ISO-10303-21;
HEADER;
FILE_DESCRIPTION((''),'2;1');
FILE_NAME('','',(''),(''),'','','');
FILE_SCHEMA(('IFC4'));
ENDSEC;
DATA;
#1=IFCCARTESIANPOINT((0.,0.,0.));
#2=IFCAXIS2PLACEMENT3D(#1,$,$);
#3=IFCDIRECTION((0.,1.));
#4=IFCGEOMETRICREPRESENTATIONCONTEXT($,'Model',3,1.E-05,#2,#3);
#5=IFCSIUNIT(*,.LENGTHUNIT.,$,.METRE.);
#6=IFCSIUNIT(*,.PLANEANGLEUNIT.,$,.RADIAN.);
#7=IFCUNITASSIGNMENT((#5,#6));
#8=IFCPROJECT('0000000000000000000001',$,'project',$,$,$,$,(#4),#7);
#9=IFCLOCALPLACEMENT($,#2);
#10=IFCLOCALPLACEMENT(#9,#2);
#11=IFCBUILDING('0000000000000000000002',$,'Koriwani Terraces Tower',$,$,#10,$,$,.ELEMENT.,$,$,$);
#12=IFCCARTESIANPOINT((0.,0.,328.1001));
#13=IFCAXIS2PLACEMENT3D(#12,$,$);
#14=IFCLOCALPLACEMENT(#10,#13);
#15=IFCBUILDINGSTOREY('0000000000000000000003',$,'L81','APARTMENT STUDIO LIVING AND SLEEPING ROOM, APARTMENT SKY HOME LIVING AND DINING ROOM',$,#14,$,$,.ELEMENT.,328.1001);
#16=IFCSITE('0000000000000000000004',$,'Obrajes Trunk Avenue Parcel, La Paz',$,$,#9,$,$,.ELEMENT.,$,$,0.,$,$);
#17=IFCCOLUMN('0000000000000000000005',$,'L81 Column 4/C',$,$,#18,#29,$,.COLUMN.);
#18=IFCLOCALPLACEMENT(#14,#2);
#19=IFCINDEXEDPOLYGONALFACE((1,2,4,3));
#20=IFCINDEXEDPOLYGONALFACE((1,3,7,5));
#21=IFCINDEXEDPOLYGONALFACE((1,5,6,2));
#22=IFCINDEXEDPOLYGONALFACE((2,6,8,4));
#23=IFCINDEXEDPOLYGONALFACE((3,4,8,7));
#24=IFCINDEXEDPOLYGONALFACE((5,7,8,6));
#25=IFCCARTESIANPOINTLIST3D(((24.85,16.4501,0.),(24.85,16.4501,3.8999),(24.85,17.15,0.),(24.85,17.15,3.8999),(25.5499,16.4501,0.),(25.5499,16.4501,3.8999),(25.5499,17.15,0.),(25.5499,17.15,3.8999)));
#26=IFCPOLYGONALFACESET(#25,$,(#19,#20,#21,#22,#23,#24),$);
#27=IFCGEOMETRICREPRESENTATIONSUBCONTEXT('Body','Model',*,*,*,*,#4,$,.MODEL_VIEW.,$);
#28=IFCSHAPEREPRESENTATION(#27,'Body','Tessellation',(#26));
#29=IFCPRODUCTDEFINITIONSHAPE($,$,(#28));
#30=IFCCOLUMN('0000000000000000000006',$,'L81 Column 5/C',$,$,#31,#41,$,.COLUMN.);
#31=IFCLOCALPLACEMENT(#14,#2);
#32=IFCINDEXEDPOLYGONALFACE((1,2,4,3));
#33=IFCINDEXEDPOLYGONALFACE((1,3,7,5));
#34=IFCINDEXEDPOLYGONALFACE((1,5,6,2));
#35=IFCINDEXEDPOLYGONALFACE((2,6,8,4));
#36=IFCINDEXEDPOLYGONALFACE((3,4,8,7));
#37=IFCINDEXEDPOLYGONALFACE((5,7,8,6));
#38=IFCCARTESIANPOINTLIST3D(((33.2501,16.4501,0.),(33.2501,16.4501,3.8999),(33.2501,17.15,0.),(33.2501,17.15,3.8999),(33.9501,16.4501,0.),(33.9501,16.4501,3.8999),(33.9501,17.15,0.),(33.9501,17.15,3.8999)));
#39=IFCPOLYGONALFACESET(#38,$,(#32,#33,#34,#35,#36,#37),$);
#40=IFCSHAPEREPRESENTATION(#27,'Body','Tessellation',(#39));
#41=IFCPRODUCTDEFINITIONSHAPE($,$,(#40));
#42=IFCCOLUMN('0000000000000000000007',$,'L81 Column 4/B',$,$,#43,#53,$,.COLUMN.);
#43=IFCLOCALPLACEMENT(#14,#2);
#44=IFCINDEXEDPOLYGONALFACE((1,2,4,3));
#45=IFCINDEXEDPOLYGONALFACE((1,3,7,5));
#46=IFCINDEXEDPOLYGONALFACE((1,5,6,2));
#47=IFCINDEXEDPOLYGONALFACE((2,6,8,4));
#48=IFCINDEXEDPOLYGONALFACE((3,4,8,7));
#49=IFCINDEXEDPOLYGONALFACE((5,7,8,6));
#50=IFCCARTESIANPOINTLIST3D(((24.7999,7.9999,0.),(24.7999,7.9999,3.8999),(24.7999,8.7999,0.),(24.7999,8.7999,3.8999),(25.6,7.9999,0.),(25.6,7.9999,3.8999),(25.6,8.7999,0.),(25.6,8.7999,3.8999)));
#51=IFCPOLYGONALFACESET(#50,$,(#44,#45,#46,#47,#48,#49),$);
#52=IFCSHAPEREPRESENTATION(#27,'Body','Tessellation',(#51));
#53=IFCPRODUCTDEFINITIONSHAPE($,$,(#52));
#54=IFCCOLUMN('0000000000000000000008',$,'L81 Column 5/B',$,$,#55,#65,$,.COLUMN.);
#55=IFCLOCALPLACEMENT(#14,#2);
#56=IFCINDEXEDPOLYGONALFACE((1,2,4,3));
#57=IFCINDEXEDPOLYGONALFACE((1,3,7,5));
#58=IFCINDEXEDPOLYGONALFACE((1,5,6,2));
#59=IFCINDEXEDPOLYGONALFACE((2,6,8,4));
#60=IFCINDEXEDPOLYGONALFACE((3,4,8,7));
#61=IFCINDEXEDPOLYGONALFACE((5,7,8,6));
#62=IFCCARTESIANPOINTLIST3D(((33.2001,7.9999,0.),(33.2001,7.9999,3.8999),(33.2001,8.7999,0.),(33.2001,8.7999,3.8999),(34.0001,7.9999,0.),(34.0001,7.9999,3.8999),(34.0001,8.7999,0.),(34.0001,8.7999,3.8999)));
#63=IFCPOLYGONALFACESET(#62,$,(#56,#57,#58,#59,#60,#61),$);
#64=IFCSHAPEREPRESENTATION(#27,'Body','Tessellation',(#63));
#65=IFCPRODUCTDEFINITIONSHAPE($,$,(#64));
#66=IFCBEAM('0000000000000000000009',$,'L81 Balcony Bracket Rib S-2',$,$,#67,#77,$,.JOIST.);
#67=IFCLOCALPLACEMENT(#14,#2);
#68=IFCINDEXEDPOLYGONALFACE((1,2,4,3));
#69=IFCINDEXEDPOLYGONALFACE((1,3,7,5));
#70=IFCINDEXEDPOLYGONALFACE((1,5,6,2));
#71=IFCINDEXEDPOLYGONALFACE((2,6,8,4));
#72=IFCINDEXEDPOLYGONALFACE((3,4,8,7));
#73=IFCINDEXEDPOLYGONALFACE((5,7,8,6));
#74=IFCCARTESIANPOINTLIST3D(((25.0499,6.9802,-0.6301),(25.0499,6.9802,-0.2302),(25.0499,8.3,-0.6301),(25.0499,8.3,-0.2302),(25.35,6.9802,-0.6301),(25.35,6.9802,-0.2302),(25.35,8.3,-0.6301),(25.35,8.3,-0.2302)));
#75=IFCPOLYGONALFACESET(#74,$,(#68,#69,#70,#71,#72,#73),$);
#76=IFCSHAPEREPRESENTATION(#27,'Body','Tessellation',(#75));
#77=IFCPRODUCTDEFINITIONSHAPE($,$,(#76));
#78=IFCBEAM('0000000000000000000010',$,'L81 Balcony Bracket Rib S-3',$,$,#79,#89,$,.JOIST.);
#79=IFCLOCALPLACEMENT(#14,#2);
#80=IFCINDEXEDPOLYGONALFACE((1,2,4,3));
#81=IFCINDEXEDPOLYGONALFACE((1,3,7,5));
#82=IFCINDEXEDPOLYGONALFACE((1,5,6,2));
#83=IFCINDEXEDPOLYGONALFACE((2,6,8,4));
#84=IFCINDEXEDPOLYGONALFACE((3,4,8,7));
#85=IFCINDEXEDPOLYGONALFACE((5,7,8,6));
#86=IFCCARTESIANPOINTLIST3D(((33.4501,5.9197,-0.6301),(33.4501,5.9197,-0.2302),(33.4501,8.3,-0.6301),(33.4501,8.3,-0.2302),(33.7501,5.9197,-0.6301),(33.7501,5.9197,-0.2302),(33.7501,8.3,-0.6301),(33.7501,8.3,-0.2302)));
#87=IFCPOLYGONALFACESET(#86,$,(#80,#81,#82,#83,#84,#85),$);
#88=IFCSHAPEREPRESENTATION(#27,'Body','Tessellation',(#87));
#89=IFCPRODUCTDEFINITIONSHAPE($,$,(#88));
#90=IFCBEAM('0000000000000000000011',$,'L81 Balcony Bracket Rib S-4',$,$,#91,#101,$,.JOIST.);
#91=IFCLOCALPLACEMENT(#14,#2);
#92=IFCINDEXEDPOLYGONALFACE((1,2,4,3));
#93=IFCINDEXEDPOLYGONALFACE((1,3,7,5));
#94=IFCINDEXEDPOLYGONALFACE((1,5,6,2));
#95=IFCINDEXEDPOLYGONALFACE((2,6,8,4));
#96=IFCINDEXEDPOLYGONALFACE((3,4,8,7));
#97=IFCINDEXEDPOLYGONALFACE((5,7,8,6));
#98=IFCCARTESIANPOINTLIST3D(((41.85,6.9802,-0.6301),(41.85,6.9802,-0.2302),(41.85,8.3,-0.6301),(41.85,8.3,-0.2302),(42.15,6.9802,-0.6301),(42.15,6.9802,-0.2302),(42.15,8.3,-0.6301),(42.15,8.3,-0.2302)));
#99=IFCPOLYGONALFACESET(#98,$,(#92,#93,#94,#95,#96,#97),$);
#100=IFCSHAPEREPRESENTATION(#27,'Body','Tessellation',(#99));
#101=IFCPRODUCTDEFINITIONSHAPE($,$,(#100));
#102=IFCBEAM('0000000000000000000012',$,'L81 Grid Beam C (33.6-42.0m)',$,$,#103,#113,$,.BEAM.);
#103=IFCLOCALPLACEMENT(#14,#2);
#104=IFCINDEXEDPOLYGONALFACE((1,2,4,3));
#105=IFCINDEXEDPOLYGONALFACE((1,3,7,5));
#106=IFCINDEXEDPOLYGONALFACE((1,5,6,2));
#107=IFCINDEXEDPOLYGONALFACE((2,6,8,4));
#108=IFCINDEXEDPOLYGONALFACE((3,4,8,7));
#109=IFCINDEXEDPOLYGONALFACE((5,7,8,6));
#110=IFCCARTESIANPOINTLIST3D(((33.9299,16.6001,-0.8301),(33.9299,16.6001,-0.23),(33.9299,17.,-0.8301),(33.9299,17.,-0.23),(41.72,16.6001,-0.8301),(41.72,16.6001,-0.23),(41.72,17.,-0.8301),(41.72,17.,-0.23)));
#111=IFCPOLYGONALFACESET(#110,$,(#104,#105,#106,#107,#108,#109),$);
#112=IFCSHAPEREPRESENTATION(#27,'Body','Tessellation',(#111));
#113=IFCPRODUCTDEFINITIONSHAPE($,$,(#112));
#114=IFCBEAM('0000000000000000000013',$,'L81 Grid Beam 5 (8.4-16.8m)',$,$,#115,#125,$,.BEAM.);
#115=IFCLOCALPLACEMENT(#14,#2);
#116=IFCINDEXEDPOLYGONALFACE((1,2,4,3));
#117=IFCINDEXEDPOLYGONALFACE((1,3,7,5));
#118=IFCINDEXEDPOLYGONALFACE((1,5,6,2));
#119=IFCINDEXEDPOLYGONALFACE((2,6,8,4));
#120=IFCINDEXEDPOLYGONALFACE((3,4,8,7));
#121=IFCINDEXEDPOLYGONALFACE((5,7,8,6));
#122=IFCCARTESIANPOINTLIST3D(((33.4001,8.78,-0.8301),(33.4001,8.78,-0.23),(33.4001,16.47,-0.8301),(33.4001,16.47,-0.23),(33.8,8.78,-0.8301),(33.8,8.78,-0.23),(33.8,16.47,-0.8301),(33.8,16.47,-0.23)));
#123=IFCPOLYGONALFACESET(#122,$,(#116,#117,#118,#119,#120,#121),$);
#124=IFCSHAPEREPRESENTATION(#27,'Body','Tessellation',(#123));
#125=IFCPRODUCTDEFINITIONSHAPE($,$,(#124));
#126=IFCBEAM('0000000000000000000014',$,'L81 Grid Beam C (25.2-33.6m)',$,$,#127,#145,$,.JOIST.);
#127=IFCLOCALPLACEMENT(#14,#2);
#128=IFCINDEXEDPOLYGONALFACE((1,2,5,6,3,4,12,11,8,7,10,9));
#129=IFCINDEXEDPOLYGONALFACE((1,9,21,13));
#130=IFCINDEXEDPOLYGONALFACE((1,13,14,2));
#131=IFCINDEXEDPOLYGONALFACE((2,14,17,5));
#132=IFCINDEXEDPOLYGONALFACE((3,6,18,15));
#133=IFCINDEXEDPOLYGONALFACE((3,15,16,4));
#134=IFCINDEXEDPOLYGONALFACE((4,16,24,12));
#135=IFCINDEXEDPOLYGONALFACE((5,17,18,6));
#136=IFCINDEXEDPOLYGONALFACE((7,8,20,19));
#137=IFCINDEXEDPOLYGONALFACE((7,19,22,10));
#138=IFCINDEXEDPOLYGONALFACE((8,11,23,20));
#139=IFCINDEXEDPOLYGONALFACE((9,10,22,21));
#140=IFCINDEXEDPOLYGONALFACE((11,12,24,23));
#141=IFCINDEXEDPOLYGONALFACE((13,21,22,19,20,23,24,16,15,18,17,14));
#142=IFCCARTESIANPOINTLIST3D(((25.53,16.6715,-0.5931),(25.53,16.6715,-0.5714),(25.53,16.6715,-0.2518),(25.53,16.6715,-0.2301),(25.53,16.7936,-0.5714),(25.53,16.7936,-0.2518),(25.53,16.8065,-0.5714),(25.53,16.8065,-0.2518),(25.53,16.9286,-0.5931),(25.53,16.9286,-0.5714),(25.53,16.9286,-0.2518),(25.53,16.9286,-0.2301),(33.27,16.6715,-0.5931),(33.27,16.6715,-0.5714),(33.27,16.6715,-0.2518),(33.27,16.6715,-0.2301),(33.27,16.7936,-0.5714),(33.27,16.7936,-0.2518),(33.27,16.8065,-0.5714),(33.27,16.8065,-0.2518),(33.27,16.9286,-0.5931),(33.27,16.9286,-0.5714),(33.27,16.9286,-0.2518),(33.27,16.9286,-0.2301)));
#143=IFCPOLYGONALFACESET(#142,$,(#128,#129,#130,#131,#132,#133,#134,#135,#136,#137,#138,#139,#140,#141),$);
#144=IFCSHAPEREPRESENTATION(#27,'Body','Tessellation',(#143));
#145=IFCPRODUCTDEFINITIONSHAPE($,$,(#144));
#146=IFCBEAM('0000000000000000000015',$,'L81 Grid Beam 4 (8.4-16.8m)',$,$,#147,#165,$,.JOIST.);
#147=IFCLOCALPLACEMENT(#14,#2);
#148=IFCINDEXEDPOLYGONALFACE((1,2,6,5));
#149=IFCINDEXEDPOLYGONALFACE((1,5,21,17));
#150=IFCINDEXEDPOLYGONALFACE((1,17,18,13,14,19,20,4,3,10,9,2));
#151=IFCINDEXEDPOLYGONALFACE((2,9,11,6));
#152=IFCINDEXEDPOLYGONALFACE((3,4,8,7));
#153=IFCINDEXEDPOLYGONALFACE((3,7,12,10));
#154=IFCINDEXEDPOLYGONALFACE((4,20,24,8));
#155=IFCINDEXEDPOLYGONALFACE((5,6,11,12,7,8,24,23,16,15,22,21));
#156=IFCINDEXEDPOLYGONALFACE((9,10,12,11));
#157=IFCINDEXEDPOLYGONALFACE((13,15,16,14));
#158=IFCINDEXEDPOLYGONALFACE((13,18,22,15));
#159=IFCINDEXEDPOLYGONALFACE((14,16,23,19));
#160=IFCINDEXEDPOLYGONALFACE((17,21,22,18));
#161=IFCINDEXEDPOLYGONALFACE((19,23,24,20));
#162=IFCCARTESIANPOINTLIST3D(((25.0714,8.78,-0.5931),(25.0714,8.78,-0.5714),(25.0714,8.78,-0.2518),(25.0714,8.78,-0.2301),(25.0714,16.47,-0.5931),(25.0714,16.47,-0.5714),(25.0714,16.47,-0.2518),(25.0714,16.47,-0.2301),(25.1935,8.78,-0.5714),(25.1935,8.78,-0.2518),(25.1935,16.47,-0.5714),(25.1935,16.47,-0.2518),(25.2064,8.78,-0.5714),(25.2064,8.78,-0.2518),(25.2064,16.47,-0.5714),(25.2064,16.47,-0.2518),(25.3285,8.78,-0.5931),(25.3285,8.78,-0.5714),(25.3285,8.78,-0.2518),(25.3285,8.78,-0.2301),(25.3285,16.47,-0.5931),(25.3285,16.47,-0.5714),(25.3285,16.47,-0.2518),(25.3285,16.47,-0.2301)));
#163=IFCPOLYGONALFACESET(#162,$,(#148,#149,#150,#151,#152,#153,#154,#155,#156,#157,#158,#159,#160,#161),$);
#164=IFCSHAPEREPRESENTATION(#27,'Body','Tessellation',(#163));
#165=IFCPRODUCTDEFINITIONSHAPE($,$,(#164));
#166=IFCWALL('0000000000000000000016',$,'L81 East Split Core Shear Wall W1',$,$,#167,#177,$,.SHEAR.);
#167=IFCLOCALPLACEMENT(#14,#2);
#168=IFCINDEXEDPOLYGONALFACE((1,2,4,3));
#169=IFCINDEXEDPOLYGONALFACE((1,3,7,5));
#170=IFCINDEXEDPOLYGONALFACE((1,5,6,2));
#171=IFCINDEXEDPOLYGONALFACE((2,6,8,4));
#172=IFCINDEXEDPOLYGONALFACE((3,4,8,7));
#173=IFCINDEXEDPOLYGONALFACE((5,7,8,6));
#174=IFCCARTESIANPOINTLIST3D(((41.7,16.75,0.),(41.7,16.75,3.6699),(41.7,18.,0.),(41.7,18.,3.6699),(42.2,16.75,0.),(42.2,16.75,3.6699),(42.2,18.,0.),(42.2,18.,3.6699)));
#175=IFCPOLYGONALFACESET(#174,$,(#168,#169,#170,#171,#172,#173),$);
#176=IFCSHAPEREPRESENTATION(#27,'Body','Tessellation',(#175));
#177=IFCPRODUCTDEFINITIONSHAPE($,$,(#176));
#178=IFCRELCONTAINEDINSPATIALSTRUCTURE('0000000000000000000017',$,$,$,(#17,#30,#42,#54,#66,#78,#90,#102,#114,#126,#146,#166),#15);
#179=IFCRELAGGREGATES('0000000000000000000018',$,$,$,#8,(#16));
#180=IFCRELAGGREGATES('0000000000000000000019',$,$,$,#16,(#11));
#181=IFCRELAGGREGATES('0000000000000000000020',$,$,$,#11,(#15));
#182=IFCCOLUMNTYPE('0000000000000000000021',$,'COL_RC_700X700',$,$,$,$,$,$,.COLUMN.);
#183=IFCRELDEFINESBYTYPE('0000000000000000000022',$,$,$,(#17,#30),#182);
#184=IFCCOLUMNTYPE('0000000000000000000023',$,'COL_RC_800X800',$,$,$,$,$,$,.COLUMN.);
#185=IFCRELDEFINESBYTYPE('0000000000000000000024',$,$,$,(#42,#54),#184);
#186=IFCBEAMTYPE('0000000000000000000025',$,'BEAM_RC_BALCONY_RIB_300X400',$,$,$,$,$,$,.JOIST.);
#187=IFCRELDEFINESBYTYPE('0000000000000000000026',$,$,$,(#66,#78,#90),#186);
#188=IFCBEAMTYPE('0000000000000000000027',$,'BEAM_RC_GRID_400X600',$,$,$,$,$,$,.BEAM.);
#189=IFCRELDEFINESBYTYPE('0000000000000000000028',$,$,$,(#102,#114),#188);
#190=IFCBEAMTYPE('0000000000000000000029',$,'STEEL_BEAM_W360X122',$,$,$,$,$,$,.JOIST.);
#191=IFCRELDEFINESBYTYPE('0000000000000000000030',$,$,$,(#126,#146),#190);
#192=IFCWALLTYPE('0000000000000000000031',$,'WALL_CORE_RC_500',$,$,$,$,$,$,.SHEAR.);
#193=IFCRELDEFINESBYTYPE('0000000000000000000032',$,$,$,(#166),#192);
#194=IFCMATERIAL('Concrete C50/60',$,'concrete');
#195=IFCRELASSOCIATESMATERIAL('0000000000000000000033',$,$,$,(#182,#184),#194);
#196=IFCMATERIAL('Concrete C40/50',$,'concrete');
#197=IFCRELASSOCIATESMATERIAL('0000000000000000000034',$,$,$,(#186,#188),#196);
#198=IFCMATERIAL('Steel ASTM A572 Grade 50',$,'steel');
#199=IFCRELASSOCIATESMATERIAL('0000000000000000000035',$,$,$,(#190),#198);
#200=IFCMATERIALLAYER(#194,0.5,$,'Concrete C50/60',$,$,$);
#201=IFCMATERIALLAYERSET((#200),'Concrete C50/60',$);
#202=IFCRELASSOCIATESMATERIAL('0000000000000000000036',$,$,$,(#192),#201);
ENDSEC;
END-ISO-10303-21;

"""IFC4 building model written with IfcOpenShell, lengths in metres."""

from ifc_helpers import new_model, si_unit, direction, frame, frame_2d, origin, origin_2d, place, context, subcontext, project, spatial, rectangle, i_section, extrude, material, layer, layer_set, material_profile, profile_set, type_object, element, save


model = new_model("IFC4")

# Units and contexts
model_context = context("Model", 3, precision=1e-05, world=origin(), true_north=direction((0.0, 1.0)))
body_context = subcontext(model_context, "Body", "Model", "MODEL_VIEW")
ifc_project = project(units=[si_unit("LENGTHUNIT", "METRE"), si_unit("PLANEANGLEUNIT", "RADIAN")], contexts=[model_context])

# Site, building, storey
site_placement = place(None, origin())
site = spatial("IfcSite", under=ifc_project, at=site_placement, Name="Obrajes Trunk Avenue Parcel, La Paz", CompositionType="ELEMENT", RefElevation=0.0)
building_placement = place(site_placement, origin())
building = spatial("IfcBuilding", under=site, at=building_placement, Name="Koriwani Terraces Tower", CompositionType="ELEMENT")
storey_placement = place(building_placement, frame((0.0, 0.0, 328.1001)))
storey = spatial("IfcBuildingStorey", under=building, at=storey_placement, Name="L81", Description="APARTMENT STUDIO LIVING AND SLEEPING ROOM, APARTMENT SKY HOME LIVING AND DINING ROOM", CompositionType="ELEMENT", Elevation=328.1001)

# Columns
ifc_material_1 = material(Name="Concrete C50/60", Category="concrete")
ifc_material_profile_1 = material_profile(ifc_material_1, rectangle(XDim=0.7, YDim=0.7, at=origin_2d()), Name="Concrete C50/60", Category="LoadBearing")
ifc_profile_set_1 = profile_set([ifc_material_profile_1], Name="Concrete C50/60")
column_type_1 = type_object("IfcColumnType", Name="COL_RC_700X700", PredefinedType="COLUMN", material=ifc_profile_set_1)
for number, where, z_axis, x_axis, name in (
    (1, (25.2, 16.8, 0.0), (0.0, 0.0, 1.0), (1.0, 0.0, 0.0), "L81 Column 4/C"),
    (2, (33.6001, 16.8, 0.0), (0.0, 0.0, 1.0), (1.0, 0.0, 0.0), "L81 Column 5/C"),
):
    element("IfcColumn", number, at=place(storey_placement, frame(where, z_axis=z_axis, x_axis=x_axis)), inside=storey, type_object=column_type_1, Name=name, PredefinedType="COLUMN", context=body_context, shape_type="SweptSolid", body=[
        extrude(rectangle(XDim=0.7, YDim=0.7, at=origin_2d()), origin(), (0.0, 0.0, 1.0), 3.8999),
    ])
ifc_material_profile_2 = material_profile(ifc_material_1, rectangle(XDim=0.8, YDim=0.8, at=origin_2d()), Name="Concrete C50/60", Category="LoadBearing")
ifc_profile_set_2 = profile_set([ifc_material_profile_2], Name="Concrete C50/60")
column_type_2 = type_object("IfcColumnType", Name="COL_RC_800X800", PredefinedType="COLUMN", material=ifc_profile_set_2)
for number, where, z_axis, x_axis, name in (
    (3, (25.2, 8.3999, 0.0), (0.0, 0.0, 1.0), (1.0, 0.0, 0.0), "L81 Column 4/B"),
    (4, (33.6001, 8.3999, 0.0), (0.0, 0.0, 1.0), (1.0, 0.0, 0.0), "L81 Column 5/B"),
):
    element("IfcColumn", number, at=place(storey_placement, frame(where, z_axis=z_axis, x_axis=x_axis)), inside=storey, type_object=column_type_2, Name=name, PredefinedType="COLUMN", context=body_context, shape_type="SweptSolid", body=[
        extrude(rectangle(XDim=0.8, YDim=0.8, at=origin_2d()), origin(), (0.0, 0.0, 1.0), 3.8999),
    ])

# Beams
ifc_material_2 = material(Name="Concrete C40/50", Category="concrete")
ifc_material_profile_3 = material_profile(ifc_material_2, rectangle(XDim=0.3, YDim=0.3999, at=origin_2d()), Name="Concrete C40/50", Category="LoadBearing")
ifc_profile_set_3 = profile_set([ifc_material_profile_3], Name="Concrete C40/50")
beam_type_1 = type_object("IfcBeamType", Name="BEAM_RC_BALCONY_RIB_300X400", PredefinedType="JOIST", material=ifc_profile_set_3)
beam_1_placement = place(storey_placement, frame((25.2, 6.9802, -0.4302), z_axis=(0.0, 1.0, 0.0), x_axis=(-1.0, 0.0, 0.0)))
element("IfcBeam", 5, at=beam_1_placement, inside=storey, type_object=beam_type_1, Name="L81 Balcony Bracket Rib S-2", PredefinedType="JOIST", context=body_context, shape_type="SweptSolid", body=[
    extrude(rectangle(XDim=0.3, YDim=0.3999, at=origin_2d()), origin(), (0.0, 0.0, 1.0), 1.3198),
])
beam_2_placement = place(storey_placement, frame((33.6001, 5.9197, -0.4302), z_axis=(0.0, 1.0, 0.0), x_axis=(-1.0, 0.0, 0.0)))
element("IfcBeam", 6, at=beam_2_placement, inside=storey, type_object=beam_type_1, Name="L81 Balcony Bracket Rib S-3", PredefinedType="JOIST", context=body_context, shape_type="SweptSolid", body=[
    extrude(rectangle(XDim=0.3, YDim=0.3999, at=origin_2d()), origin(), (0.0, 0.0, 1.0), 2.3804),
])
beam_3_placement = place(storey_placement, frame((42.0, 6.9802, -0.4302), z_axis=(0.0, 1.0, 0.0), x_axis=(-1.0, 0.0, 0.0)))
element("IfcBeam", 7, at=beam_3_placement, inside=storey, type_object=beam_type_1, Name="L81 Balcony Bracket Rib S-4", PredefinedType="JOIST", context=body_context, shape_type="SweptSolid", body=[
    extrude(rectangle(XDim=0.3, YDim=0.3999, at=origin_2d()), origin(), (0.0, 0.0, 1.0), 1.3198),
])
ifc_material_profile_4 = material_profile(ifc_material_2, rectangle(XDim=0.3999, YDim=0.6001, at=origin_2d()), Name="Concrete C40/50", Category="LoadBearing")
ifc_profile_set_4 = profile_set([ifc_material_profile_4], Name="Concrete C40/50")
beam_type_2 = type_object("IfcBeamType", Name="BEAM_RC_GRID_400X600", PredefinedType="BEAM", material=ifc_profile_set_4)
beam_4_placement = place(storey_placement, frame((33.9299, 16.8, -0.53), z_axis=(1.0, 0.0, 0.0), x_axis=(0.0, 1.0, 0.0)))
element("IfcBeam", 8, at=beam_4_placement, inside=storey, type_object=beam_type_2, Name="L81 Grid Beam C (33.6-42.0m)", PredefinedType="BEAM", context=body_context, shape_type="SweptSolid", body=[
    extrude(rectangle(XDim=0.3999, YDim=0.6001, at=origin_2d()), origin(), (0.0, 0.0, 1.0), 7.79),
])
beam_5_placement = place(storey_placement, frame((33.6001, 8.78, -0.53), z_axis=(0.0, 1.0, 0.0), x_axis=(-1.0, 0.0, 0.0)))
element("IfcBeam", 9, at=beam_5_placement, inside=storey, type_object=beam_type_2, Name="L81 Grid Beam 5 (8.4-16.8m)", PredefinedType="BEAM", context=body_context, shape_type="SweptSolid", body=[
    extrude(rectangle(XDim=0.3999, YDim=0.6001, at=origin_2d()), origin(), (0.0, 0.0, 1.0), 7.6899),
])
ifc_material_3 = material(Name="Steel ASTM A572 Grade 50", Category="steel")
ifc_material_profile_5 = material_profile(ifc_material_3, i_section(OverallWidth=0.2571, OverallDepth=0.363, WebThickness=0.0129, FlangeThickness=0.0217, at=origin_2d()), Name="Steel ASTM A572 Grade 50", Category="LoadBearing")
ifc_profile_set_5 = profile_set([ifc_material_profile_5], Name="Steel ASTM A572 Grade 50")
beam_type_3 = type_object("IfcBeamType", Name="STEEL_BEAM_W360X122", PredefinedType="JOIST", material=ifc_profile_set_5)
beam_6_placement = place(storey_placement, frame((25.53, 16.8, -0.4116), z_axis=(1.0, 0.0, 0.0), x_axis=(0.0, 1.0, 0.0)))
element("IfcBeam", 10, at=beam_6_placement, inside=storey, type_object=beam_type_3, Name="L81 Grid Beam C (25.2-33.6m)", PredefinedType="JOIST", context=body_context, shape_type="SweptSolid", body=[
    extrude(i_section(OverallWidth=0.2571, OverallDepth=0.363, WebThickness=0.0129, FlangeThickness=0.0217, at=origin_2d()), origin(), (0.0, 0.0, 1.0), 7.74),
])
beam_7_placement = place(storey_placement, frame((25.2, 8.78, -0.4116), z_axis=(0.0, 1.0, 0.0), x_axis=(-1.0, 0.0, 0.0)))
element("IfcBeam", 11, at=beam_7_placement, inside=storey, type_object=beam_type_3, Name="L81 Grid Beam 4 (8.4-16.8m)", PredefinedType="JOIST", context=body_context, shape_type="SweptSolid", body=[
    extrude(i_section(OverallWidth=0.2571, OverallDepth=0.363, WebThickness=0.0129, FlangeThickness=0.0217, at=origin_2d()), origin(), (0.0, 0.0, 1.0), 7.6899),
])

# Wall
ifc_layer_1 = layer(ifc_material_1, 0.5, Name="Concrete C50/60")
ifc_layer_set_1 = layer_set([ifc_layer_1], Name="Concrete C50/60")
wall_type_1 = type_object("IfcWallType", Name="WALL_CORE_RC_500", PredefinedType="SHEAR", material=ifc_layer_set_1)
wall_1_placement = place(storey_placement, frame((41.95, 16.75, 0.0), z_axis=(0.0, 0.0, 1.0), x_axis=(0.0, 1.0, 0.0)))
element("IfcWall", 12, at=wall_1_placement, inside=storey, type_object=wall_type_1, Name="L81 East Split Core Shear Wall W1", PredefinedType="SHEAR", context=body_context, shape_type="SweptSolid", body=[
    extrude(rectangle(XDim=1.25, YDim=0.5, at=frame_2d((0.625, 0.0))), origin(), (0.0, 0.0, 1.0), 3.6699),
])

save(model, "model.ifc")
